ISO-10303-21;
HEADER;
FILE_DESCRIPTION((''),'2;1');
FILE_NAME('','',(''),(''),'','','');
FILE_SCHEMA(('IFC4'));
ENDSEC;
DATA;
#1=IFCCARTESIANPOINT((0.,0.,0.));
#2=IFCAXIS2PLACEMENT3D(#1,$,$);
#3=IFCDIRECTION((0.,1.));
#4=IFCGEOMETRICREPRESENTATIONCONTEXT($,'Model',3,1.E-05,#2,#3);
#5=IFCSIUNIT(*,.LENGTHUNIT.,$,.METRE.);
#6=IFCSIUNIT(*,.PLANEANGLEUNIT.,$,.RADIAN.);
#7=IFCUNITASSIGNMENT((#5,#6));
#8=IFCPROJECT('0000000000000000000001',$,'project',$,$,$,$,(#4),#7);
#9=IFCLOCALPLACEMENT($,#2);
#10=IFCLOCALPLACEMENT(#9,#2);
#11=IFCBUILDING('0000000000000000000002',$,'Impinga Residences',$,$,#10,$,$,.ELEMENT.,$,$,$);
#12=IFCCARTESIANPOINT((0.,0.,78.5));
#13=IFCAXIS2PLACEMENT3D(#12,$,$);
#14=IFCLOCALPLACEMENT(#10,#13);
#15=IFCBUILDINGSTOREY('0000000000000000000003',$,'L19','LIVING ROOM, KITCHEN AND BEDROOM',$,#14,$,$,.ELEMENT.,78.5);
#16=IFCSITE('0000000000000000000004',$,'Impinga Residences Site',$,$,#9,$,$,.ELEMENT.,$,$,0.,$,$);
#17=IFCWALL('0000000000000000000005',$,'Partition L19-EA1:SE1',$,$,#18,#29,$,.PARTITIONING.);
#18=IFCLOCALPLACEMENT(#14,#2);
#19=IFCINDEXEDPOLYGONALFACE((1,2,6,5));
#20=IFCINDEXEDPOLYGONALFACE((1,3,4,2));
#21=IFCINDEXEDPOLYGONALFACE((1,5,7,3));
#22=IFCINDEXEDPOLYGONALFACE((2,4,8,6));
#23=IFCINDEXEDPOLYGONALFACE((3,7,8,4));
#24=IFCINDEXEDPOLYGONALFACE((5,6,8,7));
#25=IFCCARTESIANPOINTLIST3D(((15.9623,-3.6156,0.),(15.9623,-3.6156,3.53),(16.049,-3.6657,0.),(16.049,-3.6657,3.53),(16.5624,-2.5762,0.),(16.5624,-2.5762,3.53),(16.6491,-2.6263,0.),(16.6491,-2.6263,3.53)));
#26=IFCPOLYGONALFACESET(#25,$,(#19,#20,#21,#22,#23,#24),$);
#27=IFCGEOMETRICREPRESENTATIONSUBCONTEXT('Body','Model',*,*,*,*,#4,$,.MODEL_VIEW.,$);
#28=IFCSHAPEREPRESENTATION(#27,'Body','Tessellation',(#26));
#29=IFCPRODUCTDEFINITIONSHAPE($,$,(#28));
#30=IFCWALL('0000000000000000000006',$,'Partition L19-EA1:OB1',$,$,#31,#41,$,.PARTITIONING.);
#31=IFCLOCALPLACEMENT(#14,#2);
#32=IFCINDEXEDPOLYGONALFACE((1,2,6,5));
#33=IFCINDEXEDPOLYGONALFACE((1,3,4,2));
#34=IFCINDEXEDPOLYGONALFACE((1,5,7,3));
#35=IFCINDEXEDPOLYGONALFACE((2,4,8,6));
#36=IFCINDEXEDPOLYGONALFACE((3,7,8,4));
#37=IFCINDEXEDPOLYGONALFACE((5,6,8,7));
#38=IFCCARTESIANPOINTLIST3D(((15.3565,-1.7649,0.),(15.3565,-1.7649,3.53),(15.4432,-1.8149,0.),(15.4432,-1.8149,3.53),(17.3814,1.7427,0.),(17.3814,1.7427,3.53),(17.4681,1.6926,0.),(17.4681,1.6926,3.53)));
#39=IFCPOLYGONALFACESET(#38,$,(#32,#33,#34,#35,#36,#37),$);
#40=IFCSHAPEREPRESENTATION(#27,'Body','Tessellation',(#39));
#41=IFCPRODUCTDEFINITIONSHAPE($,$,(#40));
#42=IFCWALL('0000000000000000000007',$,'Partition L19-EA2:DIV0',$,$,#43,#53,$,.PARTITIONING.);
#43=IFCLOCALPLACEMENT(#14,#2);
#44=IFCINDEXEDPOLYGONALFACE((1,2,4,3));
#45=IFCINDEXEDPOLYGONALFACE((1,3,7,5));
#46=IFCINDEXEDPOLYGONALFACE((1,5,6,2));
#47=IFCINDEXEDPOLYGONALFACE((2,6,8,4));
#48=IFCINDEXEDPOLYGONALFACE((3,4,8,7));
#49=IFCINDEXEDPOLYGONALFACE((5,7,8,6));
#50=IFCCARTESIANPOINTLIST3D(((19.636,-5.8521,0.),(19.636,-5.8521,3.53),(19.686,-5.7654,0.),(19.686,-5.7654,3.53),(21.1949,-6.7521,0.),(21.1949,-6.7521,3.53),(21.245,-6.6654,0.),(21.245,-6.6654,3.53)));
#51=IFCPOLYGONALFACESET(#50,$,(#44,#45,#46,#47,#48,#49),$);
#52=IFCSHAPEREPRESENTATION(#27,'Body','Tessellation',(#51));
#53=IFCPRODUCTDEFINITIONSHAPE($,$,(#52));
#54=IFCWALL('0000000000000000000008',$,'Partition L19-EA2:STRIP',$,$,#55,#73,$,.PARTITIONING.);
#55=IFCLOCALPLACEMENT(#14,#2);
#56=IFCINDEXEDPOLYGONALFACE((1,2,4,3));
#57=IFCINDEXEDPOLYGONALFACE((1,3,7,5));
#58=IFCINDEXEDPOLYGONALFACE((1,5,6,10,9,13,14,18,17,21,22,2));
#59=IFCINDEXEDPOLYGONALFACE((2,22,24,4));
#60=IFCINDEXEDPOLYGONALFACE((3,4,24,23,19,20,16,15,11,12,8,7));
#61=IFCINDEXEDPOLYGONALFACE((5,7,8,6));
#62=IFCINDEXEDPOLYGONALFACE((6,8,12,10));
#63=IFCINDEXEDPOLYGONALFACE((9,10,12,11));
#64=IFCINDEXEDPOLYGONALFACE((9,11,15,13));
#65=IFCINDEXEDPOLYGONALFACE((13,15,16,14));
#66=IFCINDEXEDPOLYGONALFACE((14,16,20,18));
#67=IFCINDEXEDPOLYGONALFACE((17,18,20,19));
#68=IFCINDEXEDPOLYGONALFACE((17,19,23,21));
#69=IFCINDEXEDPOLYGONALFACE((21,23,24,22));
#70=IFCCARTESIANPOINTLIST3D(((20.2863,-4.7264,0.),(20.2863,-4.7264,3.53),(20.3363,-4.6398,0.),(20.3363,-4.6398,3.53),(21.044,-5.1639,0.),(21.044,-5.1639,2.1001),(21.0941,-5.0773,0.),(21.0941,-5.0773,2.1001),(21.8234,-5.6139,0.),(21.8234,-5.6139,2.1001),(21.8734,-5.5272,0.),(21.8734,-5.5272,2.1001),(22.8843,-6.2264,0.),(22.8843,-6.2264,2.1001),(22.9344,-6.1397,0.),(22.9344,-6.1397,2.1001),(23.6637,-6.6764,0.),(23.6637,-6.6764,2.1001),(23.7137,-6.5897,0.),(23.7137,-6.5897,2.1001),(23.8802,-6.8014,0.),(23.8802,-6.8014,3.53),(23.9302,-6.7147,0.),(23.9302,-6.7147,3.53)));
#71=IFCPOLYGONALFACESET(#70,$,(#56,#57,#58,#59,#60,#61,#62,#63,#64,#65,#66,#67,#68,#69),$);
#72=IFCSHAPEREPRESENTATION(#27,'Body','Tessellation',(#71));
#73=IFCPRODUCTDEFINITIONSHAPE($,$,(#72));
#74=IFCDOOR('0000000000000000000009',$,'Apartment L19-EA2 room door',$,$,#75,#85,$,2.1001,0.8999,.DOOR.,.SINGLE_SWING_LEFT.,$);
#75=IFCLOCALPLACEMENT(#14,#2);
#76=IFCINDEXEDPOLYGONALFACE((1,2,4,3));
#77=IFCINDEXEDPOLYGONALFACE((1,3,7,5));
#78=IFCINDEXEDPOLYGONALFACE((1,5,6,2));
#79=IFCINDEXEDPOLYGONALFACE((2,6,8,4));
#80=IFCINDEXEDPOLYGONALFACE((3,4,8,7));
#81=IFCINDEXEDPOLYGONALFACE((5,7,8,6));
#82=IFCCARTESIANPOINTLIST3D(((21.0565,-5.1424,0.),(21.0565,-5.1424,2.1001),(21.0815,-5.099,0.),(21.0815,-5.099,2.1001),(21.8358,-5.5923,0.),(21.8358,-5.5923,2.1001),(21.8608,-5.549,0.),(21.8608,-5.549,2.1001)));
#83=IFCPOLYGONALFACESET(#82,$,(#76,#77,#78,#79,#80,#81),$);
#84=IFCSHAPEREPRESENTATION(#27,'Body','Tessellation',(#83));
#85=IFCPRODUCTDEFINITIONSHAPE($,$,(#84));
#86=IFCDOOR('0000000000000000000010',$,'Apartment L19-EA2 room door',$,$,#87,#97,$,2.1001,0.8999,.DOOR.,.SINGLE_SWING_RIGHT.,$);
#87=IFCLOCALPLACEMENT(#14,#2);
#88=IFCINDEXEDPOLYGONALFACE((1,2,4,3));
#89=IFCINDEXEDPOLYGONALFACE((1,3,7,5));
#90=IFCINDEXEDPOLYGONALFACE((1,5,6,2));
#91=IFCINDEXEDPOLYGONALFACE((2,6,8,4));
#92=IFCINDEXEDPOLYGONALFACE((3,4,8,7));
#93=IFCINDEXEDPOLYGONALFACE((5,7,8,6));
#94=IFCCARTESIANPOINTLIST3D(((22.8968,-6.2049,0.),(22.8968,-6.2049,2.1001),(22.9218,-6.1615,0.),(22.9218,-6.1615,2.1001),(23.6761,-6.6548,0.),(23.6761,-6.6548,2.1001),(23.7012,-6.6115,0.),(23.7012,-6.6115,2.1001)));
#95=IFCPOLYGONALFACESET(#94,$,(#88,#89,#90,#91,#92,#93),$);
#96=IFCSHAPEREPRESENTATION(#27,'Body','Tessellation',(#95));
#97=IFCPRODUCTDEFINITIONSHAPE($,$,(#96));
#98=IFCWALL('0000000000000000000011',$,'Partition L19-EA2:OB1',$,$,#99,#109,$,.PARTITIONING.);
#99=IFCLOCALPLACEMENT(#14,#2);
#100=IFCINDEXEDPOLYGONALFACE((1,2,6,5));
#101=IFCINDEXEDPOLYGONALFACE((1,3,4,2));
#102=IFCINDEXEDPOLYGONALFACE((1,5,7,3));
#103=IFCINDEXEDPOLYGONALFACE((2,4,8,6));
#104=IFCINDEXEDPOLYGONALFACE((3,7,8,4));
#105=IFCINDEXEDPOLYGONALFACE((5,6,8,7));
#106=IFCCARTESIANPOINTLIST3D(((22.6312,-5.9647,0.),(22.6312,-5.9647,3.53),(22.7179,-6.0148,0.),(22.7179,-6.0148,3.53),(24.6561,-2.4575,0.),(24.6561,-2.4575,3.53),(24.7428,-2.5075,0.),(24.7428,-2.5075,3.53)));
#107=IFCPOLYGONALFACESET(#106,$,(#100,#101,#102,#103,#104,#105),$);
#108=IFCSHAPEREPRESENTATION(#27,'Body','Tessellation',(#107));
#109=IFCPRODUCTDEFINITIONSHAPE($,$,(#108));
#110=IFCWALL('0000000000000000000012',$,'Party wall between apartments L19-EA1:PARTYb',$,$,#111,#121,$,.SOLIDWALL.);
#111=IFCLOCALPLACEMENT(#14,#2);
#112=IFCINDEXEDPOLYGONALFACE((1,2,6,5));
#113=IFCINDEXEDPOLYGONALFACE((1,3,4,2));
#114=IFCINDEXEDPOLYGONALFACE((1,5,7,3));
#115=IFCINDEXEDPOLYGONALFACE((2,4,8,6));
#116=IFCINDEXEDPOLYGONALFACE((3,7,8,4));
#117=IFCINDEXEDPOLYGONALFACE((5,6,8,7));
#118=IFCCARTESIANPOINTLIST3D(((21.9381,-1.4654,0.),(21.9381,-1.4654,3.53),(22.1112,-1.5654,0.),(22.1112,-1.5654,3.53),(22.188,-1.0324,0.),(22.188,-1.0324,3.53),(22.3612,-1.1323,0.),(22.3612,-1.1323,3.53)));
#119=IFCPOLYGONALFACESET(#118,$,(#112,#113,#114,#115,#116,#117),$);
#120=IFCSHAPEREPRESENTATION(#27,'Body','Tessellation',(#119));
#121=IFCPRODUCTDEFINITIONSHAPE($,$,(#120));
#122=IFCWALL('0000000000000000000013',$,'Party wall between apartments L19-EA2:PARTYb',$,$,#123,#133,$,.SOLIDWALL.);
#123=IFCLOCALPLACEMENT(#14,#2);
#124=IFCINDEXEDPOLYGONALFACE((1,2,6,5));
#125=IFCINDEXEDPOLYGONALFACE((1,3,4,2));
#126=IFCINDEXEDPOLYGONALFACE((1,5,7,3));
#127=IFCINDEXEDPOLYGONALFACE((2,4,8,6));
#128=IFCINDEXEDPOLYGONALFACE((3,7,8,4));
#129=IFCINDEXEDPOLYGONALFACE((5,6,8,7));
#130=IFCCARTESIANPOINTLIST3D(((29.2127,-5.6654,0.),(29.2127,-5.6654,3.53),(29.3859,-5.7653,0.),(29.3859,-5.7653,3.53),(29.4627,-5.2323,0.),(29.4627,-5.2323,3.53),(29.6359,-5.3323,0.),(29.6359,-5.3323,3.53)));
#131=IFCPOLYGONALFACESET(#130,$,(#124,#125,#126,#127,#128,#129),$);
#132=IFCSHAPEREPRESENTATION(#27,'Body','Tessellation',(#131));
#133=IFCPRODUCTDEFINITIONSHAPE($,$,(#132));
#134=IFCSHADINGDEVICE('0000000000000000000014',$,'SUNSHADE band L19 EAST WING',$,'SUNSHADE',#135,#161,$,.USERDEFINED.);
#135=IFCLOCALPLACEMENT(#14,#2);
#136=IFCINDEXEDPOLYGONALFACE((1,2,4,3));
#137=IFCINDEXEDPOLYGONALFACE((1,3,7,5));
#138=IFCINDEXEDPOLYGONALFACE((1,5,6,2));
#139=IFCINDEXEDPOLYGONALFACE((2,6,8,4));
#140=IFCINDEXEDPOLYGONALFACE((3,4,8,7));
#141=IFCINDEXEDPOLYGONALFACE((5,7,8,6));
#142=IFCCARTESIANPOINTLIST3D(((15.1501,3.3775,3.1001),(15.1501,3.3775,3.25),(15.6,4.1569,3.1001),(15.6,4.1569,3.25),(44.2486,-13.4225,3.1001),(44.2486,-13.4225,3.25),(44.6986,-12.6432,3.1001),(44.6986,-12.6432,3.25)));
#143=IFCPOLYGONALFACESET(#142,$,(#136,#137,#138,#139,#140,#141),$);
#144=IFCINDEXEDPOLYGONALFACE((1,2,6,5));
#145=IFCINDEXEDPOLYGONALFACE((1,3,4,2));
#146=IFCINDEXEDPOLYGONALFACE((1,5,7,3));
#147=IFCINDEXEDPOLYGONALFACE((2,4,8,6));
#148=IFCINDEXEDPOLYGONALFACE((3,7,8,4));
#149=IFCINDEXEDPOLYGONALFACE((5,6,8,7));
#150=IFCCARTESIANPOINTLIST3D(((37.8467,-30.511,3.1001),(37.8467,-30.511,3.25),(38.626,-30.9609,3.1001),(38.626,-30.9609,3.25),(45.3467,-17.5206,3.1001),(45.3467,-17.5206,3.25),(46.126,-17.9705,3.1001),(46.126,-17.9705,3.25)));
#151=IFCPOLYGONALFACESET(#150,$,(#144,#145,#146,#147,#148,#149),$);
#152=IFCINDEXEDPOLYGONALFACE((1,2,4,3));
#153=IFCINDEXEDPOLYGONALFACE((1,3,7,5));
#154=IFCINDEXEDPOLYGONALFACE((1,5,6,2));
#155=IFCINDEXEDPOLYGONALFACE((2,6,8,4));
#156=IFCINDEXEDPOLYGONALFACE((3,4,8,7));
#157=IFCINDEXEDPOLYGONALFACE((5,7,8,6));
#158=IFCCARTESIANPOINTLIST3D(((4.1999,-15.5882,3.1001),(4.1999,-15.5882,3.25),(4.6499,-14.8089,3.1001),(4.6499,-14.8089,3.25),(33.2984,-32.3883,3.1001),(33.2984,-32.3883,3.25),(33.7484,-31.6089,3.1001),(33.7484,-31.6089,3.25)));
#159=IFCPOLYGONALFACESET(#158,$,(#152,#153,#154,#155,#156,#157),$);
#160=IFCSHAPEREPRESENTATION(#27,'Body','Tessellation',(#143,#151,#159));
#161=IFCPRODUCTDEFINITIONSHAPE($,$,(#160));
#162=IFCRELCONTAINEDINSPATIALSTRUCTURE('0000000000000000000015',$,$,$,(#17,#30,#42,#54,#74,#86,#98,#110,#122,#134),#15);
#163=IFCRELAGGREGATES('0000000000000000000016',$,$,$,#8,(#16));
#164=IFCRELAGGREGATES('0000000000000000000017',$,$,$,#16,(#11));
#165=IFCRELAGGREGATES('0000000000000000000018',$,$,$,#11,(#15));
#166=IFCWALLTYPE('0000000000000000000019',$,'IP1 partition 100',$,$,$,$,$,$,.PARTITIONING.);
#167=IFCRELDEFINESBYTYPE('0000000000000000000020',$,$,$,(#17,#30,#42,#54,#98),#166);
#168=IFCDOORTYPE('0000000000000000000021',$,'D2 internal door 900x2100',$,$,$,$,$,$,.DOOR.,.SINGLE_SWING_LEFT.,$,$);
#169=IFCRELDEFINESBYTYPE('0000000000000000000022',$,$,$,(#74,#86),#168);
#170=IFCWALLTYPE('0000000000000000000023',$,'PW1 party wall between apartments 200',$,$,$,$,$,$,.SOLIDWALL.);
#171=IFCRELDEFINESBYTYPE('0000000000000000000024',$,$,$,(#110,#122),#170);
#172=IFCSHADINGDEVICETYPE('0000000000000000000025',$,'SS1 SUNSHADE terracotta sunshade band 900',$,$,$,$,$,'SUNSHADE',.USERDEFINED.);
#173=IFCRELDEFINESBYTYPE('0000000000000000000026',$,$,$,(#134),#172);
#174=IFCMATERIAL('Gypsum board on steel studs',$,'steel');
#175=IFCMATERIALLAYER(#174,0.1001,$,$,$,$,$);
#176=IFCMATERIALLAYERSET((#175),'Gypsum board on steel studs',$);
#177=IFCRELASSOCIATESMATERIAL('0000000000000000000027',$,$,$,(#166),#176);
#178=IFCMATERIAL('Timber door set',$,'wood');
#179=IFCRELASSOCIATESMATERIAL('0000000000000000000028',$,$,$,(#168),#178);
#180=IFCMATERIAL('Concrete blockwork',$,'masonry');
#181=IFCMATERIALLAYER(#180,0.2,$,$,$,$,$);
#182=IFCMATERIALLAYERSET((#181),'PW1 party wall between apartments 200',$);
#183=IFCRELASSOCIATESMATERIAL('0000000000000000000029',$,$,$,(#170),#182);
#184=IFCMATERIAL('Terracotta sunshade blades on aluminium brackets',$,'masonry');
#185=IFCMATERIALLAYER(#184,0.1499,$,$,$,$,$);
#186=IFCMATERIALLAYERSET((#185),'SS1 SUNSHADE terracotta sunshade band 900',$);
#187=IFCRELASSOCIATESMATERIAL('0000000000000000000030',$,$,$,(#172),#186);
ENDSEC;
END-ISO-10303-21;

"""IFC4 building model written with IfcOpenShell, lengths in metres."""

from ifc_helpers import new_model, si_unit, direction, frame, frame_2d, origin, origin_2d, place, context, subcontext, project, spatial, rectangle, extrude, material, layer, layer_set, type_object, element, fill, save


model = new_model("IFC4")

# Units and contexts
model_context = context("Model", 3, precision=1e-05, world=origin(), true_north=direction((0.0, 1.0)))
body_context = subcontext(model_context, "Body", "Model", "MODEL_VIEW")
ifc_project = project(units=[si_unit("LENGTHUNIT", "METRE"), si_unit("PLANEANGLEUNIT", "RADIAN")], contexts=[model_context])

# Site, building, storey
site_placement = place(None, origin())
site = spatial("IfcSite", under=ifc_project, at=site_placement, Name="Impinga Residences Site", CompositionType="ELEMENT", RefElevation=0.0)
building_placement = place(site_placement, origin())
building = spatial("IfcBuilding", under=site, at=building_placement, Name="Impinga Residences", CompositionType="ELEMENT")
storey_placement = place(building_placement, frame((0.0, 0.0, 78.5)))
storey = spatial("IfcBuildingStorey", under=building, at=storey_placement, Name="L19", Description="LIVING ROOM, KITCHEN AND BEDROOM", CompositionType="ELEMENT", Elevation=78.5)

# Walls
ifc_material_1 = material(Name="Gypsum board on steel studs", Category="steel")
ifc_layer_1 = layer(ifc_material_1, 0.1001)
ifc_layer_set_1 = layer_set([ifc_layer_1], Name="Gypsum board on steel studs")
wall_type_1 = type_object("IfcWallType", Name="IP1 partition 100", PredefinedType="PARTITIONING", material=ifc_layer_set_1)
wall_1_placement = place(storey_placement, frame((16.0056, -3.6406, 0.0), z_axis=(0.0, 0.0, 1.0), x_axis=(0.500034, 0.866006, 0.0)))
element("IfcWall", 1, at=wall_1_placement, inside=storey, type_object=wall_type_1, Name="Partition L19-EA1:SE1", PredefinedType="PARTITIONING", context=body_context, shape_type="SweptSolid", body=[
    extrude(rectangle(XDim=1.2002, YDim=0.1001, at=frame_2d((0.6001, 0.0))), origin(), (0.0, 0.0, 1.0), 3.53),
])
wall_2_placement = place(storey_placement, frame((15.3999, -1.7898, 0.0), z_axis=(0.0, 0.0, 1.0), x_axis=(0.499964, 0.866046, 0.0)))
element("IfcWall", 2, at=wall_2_placement, inside=storey, type_object=wall_type_1, Name="Partition L19-EA1:OB1", PredefinedType="PARTITIONING", context=body_context, shape_type="SweptSolid", body=[
    extrude(rectangle(XDim=4.05, YDim=0.1001, at=frame_2d((2.0249, 0.0))), origin(), (0.0, 0.0, 1.0), 3.53),
])
wall_3_placement = place(storey_placement, frame((19.6611, -5.8088, 0.0), z_axis=(0.0, 0.0, 1.0), x_axis=(0.866048, -0.499961, 0.0)))
element("IfcWall", 3, at=wall_3_placement, inside=storey, type_object=wall_type_1, Name="Partition L19-EA2:DIV0", PredefinedType="PARTITIONING", context=body_context, shape_type="SweptSolid", body=[
    extrude(rectangle(XDim=1.8, YDim=0.1001, at=frame_2d((0.8999, 0.0))), origin(), (0.0, 0.0, 1.0), 3.53),
])

# Wall, openings, doors
wall_4_placement = place(storey_placement, frame((20.3113, -4.6831, 0.0), z_axis=(0.0, 0.0, 1.0), x_axis=(0.86603, -0.499992, 0.0)))
wall_4 = element("IfcWall", 4, at=wall_4_placement, inside=storey, type_object=wall_type_1, Name="Partition L19-EA2:STRIP", PredefinedType="PARTITIONING", context=body_context, shape_type="SweptSolid", body=[
    extrude(rectangle(XDim=4.1499, YDim=0.1001, at=frame_2d((2.075, 0.0))), origin(), (0.0, 0.0, 1.0), 3.53),
])
opening_1_placement = place(wall_4_placement, frame((0.875, 0.0, 0.0)))
opening_1 = element("IfcOpeningElement", 5, at=opening_1_placement, cuts=wall_4, PredefinedType="OPENING", context=body_context, shape_type="SweptSolid", body=[
    extrude(rectangle(XDim=0.8999, YDim=2.1001, at=frame_2d((0.45, 1.05))), frame((0.0, 0.0601, 0.0), z_axis=(0.0, -1.0, 0.0), x_axis=(1.0, 0.0, 0.0)), (0.0, 0.0, 1.0), 0.1201),
])
opening_2_placement = place(wall_4_placement, frame((3.0, 0.0, 0.0)))
opening_2 = element("IfcOpeningElement", 6, at=opening_2_placement, cuts=wall_4, PredefinedType="OPENING", context=body_context, shape_type="SweptSolid", body=[
    extrude(rectangle(XDim=0.8999, YDim=2.1001, at=frame_2d((0.45, 1.05))), frame((0.0, 0.0601, 0.0), z_axis=(0.0, -1.0, 0.0), x_axis=(1.0, 0.0, 0.0)), (0.0, 0.0, 1.0), 0.1201),
])
ifc_material_2 = material(Name="Timber door set", Category="wood")
door_type = type_object("IfcDoorType", Name="D2 internal door 900x2100", OperationType="SINGLE_SWING_LEFT", PredefinedType="DOOR", material=ifc_material_2)
door_1_placement = place(opening_1_placement, origin())
door_1 = element("IfcDoor", 7, at=door_1_placement, inside=storey, type_object=door_type, Name="Apartment L19-EA2 room door", OperationType="SINGLE_SWING_LEFT", OverallHeight=2.1001, OverallWidth=0.8999, PredefinedType="DOOR", context=body_context, shape_type="SweptSolid", body=[
    extrude(rectangle(XDim=0.8999, YDim=2.1001, at=frame_2d((0.45, 1.05))), frame((0.0, 0.0249, 0.0), z_axis=(0.0, -1.0, 0.0), x_axis=(1.0, 0.0, 0.0)), (0.0, 0.0, 1.0), 0.05),
])
fill(opening_1, door_1)
door_2_placement = place(opening_2_placement, origin())
door_2 = element("IfcDoor", 8, at=door_2_placement, inside=storey, type_object=door_type, Name="Apartment L19-EA2 room door", OperationType="SINGLE_SWING_RIGHT", OverallHeight=2.1001, OverallWidth=0.8999, PredefinedType="DOOR", context=body_context, shape_type="SweptSolid", body=[
    extrude(rectangle(XDim=0.8999, YDim=2.1001, at=frame_2d((0.45, 1.05))), frame((0.0, 0.0249, 0.0), z_axis=(0.0, -1.0, 0.0), x_axis=(1.0, 0.0, 0.0)), (0.0, 0.0, 1.0), 0.05),
])
fill(opening_2, door_2)

# Walls
wall_5_placement = place(storey_placement, frame((22.6746, -5.9897, 0.0), z_axis=(0.0, 0.0, 1.0), x_axis=(0.49999, 0.866031, 0.0)))
element("IfcWall", 9, at=wall_5_placement, inside=storey, type_object=wall_type_1, Name="Partition L19-EA2:OB1", PredefinedType="PARTITIONING", context=body_context, shape_type="SweptSolid", body=[
    extrude(rectangle(XDim=4.0498, YDim=0.1001, at=frame_2d((2.0249, 0.0))), origin(), (0.0, 0.0, 1.0), 3.53),
])
ifc_material_3 = material(Name="Concrete blockwork", Category="masonry")
ifc_layer_2 = layer(ifc_material_3, 0.2)
ifc_layer_set_2 = layer_set([ifc_layer_2], Name="PW1 party wall between apartments 200")
wall_type_2 = type_object("IfcWallType", Name="PW1 party wall between apartments 200", PredefinedType="SOLIDWALL", material=ifc_layer_set_2)
for number, where, z_axis, x_axis, name in (
    (10, (22.0247, -1.5154, 0.0), (0.0, 0.0, 1.0), (0.49992, 0.866072, 0.0), "Party wall between apartments L19-EA1:PARTYb"),
    (11, (29.2993, -5.7153, 0.0), (0.0, 0.0, 1.0), (0.49992, 0.866072, 0.0), "Party wall between apartments L19-EA2:PARTYb"),
):
    element("IfcWall", number, at=place(storey_placement, frame(where, z_axis=z_axis, x_axis=x_axis)), inside=storey, type_object=wall_type_2, Name=name, PredefinedType="SOLIDWALL", context=body_context, shape_type="SweptSolid", body=[
        extrude(rectangle(XDim=0.5, YDim=0.2, at=frame_2d((0.25, 0.0))), origin(), (0.0, 0.0, 1.0), 3.53),
    ])

# Shading device
ifc_material_4 = material(Name="Terracotta sunshade blades on aluminium brackets", Category="masonry")
ifc_layer_3 = layer(ifc_material_4, 0.1499)
ifc_layer_set_3 = layer_set([ifc_layer_3], Name="SS1 SUNSHADE terracotta sunshade band 900")
shading_device_type = type_object("IfcShadingDeviceType", Name="SS1 SUNSHADE terracotta sunshade band 900", ElementType="SUNSHADE", PredefinedType="USERDEFINED", material=ifc_layer_set_3)
shading_device_placement = place(storey_placement, frame((29.9243, -4.6328, 3.1001), z_axis=(0.0, 0.0, 1.0), x_axis=(0.866025, -0.5, 0.0)))
element("IfcShadingDevice", 12, at=shading_device_placement, inside=storey, type_object=shading_device_type, Name="SUNSHADE band L19 EAST WING", ObjectType="SUNSHADE", PredefinedType="USERDEFINED", context=body_context, shape_type="SweptSolid", body=[
    extrude(rectangle(XDim=33.6001, YDim=0.8999, at=origin_2d()), origin(), (0.0, 0.0, 1.0), 0.1499),
    extrude(rectangle(XDim=15.0, YDim=0.8999, at=origin_2d()), frame((20.25, -10.95, 0.0), z_axis=(0.0, 0.0, 1.0), x_axis=(0.0, -1.0, 0.0)), (0.0, 0.0, 1.0), 0.1499),
    extrude(rectangle(XDim=33.6001, YDim=0.8999, at=origin_2d()), frame((-0.0002, -21.8999, 0.0), z_axis=(0.0, 0.0, 1.0), x_axis=(-1.0, 0.0, 0.0)), (0.0, 0.0, 1.0), 0.1499),
])

save(model, "model.ifc")
